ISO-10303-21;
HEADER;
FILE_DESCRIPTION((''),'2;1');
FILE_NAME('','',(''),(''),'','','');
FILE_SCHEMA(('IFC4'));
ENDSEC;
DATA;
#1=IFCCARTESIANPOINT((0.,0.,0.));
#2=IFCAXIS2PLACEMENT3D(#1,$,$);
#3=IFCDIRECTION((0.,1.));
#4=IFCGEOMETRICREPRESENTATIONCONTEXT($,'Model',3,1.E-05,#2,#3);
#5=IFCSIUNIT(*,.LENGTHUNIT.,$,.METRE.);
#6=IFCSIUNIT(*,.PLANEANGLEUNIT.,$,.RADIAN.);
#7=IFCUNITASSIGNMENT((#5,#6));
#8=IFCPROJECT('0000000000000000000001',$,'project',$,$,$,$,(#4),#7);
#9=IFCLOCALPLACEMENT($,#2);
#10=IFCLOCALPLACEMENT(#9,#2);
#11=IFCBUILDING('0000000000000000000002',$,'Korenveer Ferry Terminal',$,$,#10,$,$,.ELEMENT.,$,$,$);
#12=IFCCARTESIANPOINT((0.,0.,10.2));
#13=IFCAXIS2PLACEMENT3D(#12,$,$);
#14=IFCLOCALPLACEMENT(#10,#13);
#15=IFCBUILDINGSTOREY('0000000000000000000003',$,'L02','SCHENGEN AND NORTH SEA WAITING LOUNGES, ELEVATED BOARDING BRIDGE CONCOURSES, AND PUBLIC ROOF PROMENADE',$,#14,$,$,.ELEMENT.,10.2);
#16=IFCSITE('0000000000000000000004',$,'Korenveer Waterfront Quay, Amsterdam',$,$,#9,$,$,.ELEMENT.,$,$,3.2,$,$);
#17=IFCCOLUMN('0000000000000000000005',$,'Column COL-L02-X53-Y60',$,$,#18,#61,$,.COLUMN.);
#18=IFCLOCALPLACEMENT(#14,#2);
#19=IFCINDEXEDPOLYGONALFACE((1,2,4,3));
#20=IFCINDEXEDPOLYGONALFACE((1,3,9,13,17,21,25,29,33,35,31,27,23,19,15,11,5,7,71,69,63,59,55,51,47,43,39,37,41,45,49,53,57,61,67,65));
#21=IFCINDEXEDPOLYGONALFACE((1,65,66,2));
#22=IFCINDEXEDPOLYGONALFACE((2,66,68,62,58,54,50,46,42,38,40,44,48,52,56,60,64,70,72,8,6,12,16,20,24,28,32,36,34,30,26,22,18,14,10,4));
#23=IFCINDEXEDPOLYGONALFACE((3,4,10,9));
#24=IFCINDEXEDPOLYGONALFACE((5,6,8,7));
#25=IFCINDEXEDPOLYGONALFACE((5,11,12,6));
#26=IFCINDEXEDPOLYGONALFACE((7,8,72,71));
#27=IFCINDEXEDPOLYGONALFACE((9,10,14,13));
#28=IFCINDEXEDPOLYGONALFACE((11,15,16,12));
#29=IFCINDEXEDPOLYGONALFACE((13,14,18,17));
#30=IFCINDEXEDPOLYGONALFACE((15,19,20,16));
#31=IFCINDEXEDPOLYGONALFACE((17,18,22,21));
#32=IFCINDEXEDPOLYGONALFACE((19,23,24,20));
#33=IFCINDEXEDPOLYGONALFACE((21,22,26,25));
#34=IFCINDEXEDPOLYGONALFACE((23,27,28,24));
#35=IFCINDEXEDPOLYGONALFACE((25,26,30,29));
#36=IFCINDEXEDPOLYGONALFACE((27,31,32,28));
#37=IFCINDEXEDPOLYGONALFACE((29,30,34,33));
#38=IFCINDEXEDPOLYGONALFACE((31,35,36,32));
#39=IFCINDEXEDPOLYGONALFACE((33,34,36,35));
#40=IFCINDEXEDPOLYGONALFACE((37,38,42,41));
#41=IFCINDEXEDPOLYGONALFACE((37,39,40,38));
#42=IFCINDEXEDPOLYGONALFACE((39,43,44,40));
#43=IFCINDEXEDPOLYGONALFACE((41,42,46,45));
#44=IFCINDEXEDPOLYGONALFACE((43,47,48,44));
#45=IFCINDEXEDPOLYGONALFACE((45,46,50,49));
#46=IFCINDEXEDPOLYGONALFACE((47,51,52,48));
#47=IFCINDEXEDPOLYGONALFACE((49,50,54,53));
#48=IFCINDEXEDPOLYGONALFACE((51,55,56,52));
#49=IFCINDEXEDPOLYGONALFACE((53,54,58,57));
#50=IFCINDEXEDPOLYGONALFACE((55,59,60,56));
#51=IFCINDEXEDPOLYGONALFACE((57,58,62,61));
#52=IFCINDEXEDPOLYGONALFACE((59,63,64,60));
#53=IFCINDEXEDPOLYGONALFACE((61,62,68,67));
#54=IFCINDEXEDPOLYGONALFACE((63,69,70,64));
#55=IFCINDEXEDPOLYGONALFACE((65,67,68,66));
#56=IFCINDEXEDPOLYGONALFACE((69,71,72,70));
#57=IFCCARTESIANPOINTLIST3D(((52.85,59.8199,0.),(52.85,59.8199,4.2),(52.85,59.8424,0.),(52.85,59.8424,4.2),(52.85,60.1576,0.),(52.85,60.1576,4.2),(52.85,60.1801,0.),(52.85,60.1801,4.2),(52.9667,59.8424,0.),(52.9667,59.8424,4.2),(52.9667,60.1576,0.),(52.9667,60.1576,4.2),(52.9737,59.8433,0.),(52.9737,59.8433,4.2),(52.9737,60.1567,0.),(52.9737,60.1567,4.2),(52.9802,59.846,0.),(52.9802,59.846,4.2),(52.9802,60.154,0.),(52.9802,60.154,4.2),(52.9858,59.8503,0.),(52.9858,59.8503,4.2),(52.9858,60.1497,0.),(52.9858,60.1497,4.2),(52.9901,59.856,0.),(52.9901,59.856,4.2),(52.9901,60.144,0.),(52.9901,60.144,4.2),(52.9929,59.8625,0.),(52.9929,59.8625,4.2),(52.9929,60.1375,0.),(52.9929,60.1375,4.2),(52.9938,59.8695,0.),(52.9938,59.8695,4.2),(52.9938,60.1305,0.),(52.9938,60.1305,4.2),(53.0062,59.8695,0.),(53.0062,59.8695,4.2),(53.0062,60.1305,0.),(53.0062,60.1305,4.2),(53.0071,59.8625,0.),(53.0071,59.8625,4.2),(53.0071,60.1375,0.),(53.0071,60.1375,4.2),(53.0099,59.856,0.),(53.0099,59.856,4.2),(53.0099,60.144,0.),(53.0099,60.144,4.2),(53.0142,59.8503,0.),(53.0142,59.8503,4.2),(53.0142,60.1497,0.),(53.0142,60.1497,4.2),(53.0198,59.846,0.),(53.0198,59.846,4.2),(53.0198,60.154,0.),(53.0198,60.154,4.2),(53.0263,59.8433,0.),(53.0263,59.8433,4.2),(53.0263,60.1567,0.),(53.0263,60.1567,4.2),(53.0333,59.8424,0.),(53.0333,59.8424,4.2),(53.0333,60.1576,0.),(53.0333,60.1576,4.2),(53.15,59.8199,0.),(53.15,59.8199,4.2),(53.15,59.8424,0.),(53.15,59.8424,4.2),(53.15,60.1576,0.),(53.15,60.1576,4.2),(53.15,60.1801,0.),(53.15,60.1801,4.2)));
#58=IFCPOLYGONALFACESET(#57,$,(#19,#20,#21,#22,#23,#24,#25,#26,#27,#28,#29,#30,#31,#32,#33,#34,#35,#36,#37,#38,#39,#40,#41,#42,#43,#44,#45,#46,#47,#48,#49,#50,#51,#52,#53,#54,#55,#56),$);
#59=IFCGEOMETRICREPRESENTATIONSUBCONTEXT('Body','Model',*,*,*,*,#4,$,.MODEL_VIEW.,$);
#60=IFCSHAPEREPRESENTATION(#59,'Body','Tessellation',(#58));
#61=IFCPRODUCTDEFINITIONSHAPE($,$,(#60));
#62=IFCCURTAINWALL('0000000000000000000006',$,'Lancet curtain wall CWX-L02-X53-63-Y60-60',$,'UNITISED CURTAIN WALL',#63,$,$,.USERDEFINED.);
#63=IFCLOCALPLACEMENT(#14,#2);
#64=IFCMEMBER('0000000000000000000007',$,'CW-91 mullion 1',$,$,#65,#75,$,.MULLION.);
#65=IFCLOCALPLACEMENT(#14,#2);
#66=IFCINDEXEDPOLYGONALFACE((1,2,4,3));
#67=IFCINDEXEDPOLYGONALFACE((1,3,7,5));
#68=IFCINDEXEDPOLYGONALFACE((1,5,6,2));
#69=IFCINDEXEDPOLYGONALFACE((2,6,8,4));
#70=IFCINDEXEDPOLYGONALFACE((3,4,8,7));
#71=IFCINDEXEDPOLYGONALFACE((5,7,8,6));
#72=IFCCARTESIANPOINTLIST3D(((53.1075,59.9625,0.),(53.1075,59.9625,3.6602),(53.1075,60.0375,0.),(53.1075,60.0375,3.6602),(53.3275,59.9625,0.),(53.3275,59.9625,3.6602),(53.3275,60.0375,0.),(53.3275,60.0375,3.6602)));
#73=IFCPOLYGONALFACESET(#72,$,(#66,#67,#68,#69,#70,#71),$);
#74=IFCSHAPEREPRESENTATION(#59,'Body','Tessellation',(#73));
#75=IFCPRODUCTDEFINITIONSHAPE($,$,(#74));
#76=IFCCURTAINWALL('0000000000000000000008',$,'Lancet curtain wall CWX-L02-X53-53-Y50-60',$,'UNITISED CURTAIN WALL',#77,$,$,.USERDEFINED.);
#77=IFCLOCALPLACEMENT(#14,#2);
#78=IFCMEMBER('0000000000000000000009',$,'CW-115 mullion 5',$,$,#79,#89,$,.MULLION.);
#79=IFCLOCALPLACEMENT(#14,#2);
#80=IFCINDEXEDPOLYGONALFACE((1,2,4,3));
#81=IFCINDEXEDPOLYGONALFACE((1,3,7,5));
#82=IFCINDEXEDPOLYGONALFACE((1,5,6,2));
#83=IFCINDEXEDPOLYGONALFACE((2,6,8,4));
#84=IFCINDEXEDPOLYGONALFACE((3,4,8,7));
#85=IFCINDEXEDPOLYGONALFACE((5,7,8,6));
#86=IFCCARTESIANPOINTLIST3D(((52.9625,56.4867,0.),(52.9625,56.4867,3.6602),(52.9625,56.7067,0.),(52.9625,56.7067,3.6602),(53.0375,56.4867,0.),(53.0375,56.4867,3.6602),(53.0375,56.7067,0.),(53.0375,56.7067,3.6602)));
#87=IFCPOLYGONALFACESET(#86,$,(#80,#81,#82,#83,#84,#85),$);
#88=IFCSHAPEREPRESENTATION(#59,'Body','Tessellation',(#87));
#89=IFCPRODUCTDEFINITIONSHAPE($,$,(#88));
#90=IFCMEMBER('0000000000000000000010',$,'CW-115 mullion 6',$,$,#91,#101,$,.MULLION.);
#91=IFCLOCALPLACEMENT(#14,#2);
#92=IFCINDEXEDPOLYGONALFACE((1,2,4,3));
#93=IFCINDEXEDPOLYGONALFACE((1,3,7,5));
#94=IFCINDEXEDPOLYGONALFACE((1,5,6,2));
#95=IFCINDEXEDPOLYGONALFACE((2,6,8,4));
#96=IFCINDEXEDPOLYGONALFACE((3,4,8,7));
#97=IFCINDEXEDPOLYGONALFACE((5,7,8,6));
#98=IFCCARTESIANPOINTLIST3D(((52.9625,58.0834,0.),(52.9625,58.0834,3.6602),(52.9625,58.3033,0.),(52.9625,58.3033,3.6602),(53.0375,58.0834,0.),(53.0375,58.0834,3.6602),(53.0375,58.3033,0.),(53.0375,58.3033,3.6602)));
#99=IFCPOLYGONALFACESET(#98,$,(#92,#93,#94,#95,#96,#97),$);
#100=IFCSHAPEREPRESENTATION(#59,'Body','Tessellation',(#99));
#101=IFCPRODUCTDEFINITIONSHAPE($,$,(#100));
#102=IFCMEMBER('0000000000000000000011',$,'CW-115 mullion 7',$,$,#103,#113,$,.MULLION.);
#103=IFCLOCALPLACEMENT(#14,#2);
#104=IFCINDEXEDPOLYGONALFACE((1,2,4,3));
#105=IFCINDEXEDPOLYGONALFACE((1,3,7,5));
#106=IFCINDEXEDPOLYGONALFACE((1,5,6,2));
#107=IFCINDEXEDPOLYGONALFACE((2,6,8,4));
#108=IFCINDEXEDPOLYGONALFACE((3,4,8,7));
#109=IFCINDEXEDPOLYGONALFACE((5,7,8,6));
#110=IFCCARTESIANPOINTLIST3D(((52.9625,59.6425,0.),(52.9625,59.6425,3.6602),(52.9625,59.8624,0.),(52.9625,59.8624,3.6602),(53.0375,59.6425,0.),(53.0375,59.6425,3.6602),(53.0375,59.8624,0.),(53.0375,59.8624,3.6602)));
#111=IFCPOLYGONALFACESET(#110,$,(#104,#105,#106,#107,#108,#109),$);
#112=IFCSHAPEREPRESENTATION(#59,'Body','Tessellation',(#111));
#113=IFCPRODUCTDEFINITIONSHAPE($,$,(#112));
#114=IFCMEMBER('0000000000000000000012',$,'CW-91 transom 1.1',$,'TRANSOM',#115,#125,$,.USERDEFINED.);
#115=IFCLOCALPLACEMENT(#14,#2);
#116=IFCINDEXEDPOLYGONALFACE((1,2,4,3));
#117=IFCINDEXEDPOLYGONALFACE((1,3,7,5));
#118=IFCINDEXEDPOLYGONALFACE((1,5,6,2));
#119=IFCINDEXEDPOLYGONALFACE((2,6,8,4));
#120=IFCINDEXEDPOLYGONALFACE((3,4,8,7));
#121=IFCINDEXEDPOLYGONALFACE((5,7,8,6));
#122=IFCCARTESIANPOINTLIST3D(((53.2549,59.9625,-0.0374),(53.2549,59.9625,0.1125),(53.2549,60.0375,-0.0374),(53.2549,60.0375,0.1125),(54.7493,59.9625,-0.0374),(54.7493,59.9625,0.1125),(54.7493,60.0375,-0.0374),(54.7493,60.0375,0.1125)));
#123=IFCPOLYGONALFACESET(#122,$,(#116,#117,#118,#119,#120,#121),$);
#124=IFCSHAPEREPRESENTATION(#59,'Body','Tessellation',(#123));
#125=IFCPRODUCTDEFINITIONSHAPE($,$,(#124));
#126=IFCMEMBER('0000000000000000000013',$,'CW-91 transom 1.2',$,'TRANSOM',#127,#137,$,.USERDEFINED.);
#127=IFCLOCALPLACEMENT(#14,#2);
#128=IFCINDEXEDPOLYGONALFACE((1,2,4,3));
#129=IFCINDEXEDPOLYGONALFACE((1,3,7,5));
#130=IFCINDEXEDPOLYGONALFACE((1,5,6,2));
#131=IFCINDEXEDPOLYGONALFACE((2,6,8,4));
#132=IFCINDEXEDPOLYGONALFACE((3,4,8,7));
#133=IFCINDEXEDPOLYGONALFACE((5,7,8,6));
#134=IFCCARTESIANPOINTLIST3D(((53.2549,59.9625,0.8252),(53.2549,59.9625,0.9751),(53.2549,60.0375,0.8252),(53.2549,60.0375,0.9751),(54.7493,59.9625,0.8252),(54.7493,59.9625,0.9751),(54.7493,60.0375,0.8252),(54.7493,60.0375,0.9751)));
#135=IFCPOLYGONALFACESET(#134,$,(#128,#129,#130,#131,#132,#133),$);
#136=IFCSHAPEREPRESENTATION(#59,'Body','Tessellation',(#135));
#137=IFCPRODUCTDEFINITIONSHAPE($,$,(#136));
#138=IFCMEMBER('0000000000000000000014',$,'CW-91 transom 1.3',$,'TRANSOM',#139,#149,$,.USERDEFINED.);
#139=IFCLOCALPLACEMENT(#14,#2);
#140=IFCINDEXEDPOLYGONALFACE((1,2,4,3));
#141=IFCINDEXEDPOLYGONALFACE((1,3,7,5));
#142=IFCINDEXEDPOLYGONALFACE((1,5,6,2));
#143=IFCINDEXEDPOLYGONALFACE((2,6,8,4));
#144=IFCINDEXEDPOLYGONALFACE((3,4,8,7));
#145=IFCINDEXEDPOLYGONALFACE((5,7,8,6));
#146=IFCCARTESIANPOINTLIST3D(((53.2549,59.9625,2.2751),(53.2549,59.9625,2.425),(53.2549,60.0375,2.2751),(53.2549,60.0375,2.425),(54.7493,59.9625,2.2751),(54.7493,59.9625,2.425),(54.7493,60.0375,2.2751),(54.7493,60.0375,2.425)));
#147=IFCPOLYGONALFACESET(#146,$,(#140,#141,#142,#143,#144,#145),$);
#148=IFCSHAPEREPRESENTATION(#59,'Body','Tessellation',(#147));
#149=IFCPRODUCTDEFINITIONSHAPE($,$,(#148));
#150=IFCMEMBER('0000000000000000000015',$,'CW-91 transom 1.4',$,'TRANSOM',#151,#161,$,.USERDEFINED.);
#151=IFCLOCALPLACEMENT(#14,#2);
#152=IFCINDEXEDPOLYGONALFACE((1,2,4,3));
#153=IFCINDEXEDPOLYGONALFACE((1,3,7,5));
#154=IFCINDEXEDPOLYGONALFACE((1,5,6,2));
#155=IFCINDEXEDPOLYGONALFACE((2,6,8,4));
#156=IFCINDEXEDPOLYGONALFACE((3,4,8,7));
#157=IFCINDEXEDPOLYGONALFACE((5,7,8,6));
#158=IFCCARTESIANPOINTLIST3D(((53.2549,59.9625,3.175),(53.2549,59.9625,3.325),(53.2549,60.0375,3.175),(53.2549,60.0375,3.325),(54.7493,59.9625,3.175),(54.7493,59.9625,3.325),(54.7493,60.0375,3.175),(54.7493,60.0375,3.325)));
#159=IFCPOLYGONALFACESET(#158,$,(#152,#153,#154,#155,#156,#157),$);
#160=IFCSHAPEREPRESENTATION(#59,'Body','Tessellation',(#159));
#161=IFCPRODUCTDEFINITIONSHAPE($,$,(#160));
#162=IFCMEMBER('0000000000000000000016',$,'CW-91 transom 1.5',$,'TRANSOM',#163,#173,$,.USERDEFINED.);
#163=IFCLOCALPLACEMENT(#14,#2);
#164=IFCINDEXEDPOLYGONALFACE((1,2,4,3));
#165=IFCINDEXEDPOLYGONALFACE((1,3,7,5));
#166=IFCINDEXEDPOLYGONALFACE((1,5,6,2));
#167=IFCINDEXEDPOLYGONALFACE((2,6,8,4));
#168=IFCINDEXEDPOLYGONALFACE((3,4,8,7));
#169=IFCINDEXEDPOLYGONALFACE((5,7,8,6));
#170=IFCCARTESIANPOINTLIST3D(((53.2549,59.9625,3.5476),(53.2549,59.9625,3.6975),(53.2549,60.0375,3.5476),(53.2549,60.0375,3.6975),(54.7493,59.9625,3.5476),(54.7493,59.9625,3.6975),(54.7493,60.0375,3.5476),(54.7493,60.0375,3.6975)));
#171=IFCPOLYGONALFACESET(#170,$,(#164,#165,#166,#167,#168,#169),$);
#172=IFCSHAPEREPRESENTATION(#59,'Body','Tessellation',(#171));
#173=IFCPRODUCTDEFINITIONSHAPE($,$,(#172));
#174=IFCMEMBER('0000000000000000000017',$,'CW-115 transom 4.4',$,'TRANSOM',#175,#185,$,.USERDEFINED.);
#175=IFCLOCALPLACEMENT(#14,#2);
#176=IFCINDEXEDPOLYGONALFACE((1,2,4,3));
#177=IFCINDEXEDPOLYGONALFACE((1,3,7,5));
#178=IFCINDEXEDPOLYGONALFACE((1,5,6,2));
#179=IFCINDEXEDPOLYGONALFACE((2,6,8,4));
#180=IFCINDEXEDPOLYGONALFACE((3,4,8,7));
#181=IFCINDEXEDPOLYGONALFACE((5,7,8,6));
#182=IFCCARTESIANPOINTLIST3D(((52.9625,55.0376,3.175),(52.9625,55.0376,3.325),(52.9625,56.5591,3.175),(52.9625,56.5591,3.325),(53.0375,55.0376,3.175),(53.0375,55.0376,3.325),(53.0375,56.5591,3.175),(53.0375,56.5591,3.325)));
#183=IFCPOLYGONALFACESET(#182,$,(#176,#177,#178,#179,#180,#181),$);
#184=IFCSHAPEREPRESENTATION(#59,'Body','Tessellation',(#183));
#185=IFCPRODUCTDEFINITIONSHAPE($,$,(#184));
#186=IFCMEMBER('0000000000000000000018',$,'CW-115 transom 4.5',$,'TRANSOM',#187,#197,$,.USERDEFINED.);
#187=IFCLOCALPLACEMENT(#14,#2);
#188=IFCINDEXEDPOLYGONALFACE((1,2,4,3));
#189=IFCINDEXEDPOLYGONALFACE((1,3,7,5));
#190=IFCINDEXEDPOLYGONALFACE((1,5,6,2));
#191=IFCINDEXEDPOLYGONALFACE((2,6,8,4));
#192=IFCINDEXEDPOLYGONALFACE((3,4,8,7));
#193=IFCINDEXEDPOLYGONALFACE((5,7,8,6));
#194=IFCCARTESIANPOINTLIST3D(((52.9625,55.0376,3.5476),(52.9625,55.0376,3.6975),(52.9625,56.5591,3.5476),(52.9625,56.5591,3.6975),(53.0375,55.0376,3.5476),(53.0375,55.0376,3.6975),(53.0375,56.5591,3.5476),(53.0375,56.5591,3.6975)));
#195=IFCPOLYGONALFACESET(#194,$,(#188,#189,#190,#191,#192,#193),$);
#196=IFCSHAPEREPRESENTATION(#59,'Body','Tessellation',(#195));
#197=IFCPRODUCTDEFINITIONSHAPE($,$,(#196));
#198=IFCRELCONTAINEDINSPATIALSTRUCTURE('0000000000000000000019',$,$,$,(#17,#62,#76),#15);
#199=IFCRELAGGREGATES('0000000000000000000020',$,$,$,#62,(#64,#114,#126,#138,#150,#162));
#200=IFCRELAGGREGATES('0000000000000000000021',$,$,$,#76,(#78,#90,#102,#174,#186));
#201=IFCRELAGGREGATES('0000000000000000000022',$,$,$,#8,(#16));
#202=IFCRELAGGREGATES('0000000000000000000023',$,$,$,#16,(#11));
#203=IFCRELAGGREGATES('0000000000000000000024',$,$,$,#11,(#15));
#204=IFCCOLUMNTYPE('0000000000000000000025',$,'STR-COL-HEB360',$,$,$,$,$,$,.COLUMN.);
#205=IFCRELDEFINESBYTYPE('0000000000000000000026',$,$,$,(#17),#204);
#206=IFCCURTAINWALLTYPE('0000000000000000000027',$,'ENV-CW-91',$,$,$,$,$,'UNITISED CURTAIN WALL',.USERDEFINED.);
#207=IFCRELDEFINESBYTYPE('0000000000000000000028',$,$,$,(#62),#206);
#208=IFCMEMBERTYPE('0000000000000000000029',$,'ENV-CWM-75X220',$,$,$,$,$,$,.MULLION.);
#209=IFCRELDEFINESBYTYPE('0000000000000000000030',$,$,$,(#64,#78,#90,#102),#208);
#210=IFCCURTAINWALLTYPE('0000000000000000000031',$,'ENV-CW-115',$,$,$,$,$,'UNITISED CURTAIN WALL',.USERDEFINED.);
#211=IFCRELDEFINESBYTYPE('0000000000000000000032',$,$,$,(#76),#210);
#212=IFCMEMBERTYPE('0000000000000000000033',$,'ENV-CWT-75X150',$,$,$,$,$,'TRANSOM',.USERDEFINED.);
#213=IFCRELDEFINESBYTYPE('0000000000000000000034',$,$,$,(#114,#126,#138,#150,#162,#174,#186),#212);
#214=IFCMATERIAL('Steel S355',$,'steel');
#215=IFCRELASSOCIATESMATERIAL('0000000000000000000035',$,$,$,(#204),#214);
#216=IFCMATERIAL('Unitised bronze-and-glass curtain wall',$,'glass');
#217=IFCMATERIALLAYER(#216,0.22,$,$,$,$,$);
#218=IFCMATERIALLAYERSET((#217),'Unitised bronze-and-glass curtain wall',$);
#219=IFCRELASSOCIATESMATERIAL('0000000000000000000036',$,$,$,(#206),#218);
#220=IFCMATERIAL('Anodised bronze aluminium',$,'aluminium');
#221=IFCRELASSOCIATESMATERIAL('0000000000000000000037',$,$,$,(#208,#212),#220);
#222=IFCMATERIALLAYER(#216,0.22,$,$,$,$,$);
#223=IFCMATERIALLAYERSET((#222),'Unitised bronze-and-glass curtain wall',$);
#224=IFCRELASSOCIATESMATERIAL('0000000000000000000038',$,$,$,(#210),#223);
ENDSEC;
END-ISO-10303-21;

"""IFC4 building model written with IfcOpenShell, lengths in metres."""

from ifc_helpers import new_model, si_unit, direction, frame, origin, origin_2d, place, context, subcontext, project, spatial, rectangle, i_section, extrude, material, layer, layer_set, material_profile, profile_set, type_object, element, aggregate, save


model = new_model("IFC4")

# Units and contexts
model_context = context("Model", 3, precision=1e-05, world=origin(), true_north=direction((0.0, 1.0)))
body_context = subcontext(model_context, "Body", "Model", "MODEL_VIEW")
ifc_project = project(units=[si_unit("LENGTHUNIT", "METRE"), si_unit("PLANEANGLEUNIT", "RADIAN")], contexts=[model_context])

# Site, building, storey
site_placement = place(None, origin())
site = spatial("IfcSite", under=ifc_project, at=site_placement, Name="Korenveer Waterfront Quay, Amsterdam", CompositionType="ELEMENT", RefElevation=3.2)
building_placement = place(site_placement, origin())
building = spatial("IfcBuilding", under=site, at=building_placement, Name="Korenveer Ferry Terminal", CompositionType="ELEMENT")
storey_placement = place(building_placement, frame((0.0, 0.0, 10.2)))
storey = spatial("IfcBuildingStorey", under=building, at=storey_placement, Name="L02", Description="SCHENGEN AND NORTH SEA WAITING LOUNGES, ELEVATED BOARDING BRIDGE CONCOURSES, AND PUBLIC ROOF PROMENADE", CompositionType="ELEMENT", Elevation=10.2)

# Column
ifc_material_1 = material(Name="Steel S355", Category="steel")
ifc_material_profile_1 = material_profile(ifc_material_1, i_section(OverallWidth=0.3, OverallDepth=0.3601, WebThickness=0.0125, FlangeThickness=0.0225, FilletRadius=0.0271, at=origin_2d()), Name="HEB 360")
ifc_profile_set_1 = profile_set([ifc_material_profile_1], Name="Steel S355")
column_type = type_object("IfcColumnType", Name="STR-COL-HEB360", PredefinedType="COLUMN", material=ifc_profile_set_1)
column_placement = place(storey_placement, frame((53.0, 60.0, 0.0), z_axis=(0.0, 0.0, 1.0), x_axis=(1.0, 0.0, 0.0)))
element("IfcColumn", 1, at=column_placement, inside=storey, type_object=column_type, Name="Column COL-L02-X53-Y60", PredefinedType="COLUMN", context=body_context, shape_type="SweptSolid", body=[
    extrude(i_section(OverallWidth=0.3, OverallDepth=0.3601, WebThickness=0.0125, FlangeThickness=0.0225, FilletRadius=0.0271, at=origin_2d()), origin(), (0.0, 0.0, 1.0), 4.2),
])

# Curtain wall, member
ifc_material_2 = material(Name="Unitised bronze-and-glass curtain wall", Category="glass")
ifc_layer_1 = layer(ifc_material_2, 0.22)
ifc_layer_set_1 = layer_set([ifc_layer_1], Name="Unitised bronze-and-glass curtain wall")
curtain_wall_type_1 = type_object("IfcCurtainWallType", Name="ENV-CW-91", ElementType="UNITISED CURTAIN WALL", PredefinedType="USERDEFINED", material=ifc_layer_set_1)
curtain_wall_1_placement = place(storey_placement, frame((53.1799, 60.0, 0.0)))
curtain_wall_1 = element("IfcCurtainWall", 2, at=curtain_wall_1_placement, inside=storey, type_object=curtain_wall_type_1, Name="Lancet curtain wall CWX-L02-X53-63-Y60-60", ObjectType="UNITISED CURTAIN WALL", PredefinedType="USERDEFINED")
ifc_material_3 = material(Name="Anodised bronze aluminium", Category="aluminium")
ifc_material_profile_2 = material_profile(ifc_material_3, rectangle(XDim=0.075, YDim=0.22, at=origin_2d()), Name="ALU 75x220")
ifc_profile_set_2 = profile_set([ifc_material_profile_2], Name="Anodised bronze aluminium")
member_type_1 = type_object("IfcMemberType", Name="ENV-CWM-75X220", PredefinedType="MULLION", material=ifc_profile_set_2)
member_1_placement = place(storey_placement, frame((53.2175, 60.0, 0.0), z_axis=(0.0, 0.0, 1.0), x_axis=(0.0, 1.0, 0.0)))
member_1 = element("IfcMember", 3, at=member_1_placement, type_object=member_type_1, Name="CW-91 mullion 1", PredefinedType="MULLION", context=body_context, shape_type="SweptSolid", body=[
    extrude(rectangle(XDim=0.075, YDim=0.22, at=origin_2d()), origin(), (0.0, 0.0, 1.0), 3.6602),
])

# Curtain wall, members
ifc_layer_2 = layer(ifc_material_2, 0.22)
ifc_layer_set_2 = layer_set([ifc_layer_2], Name="Unitised bronze-and-glass curtain wall")
curtain_wall_type_2 = type_object("IfcCurtainWallType", Name="ENV-CW-115", ElementType="UNITISED CURTAIN WALL", PredefinedType="USERDEFINED", material=ifc_layer_set_2)
curtain_wall_2_placement = place(storey_placement, frame((53.0, 50.21, 0.0)))
curtain_wall_2 = element("IfcCurtainWall", 4, at=curtain_wall_2_placement, inside=storey, type_object=curtain_wall_type_2, Name="Lancet curtain wall CWX-L02-X53-53-Y50-60", ObjectType="UNITISED CURTAIN WALL", PredefinedType="USERDEFINED")
member_2_placement = place(storey_placement, frame((53.0, 56.5967, 0.0), z_axis=(0.0, 0.0, 1.0), x_axis=(-1.0, 0.0, 0.0)))
member_2 = element("IfcMember", 5, at=member_2_placement, type_object=member_type_1, Name="CW-115 mullion 5", PredefinedType="MULLION", context=body_context, shape_type="SweptSolid", body=[
    extrude(rectangle(XDim=0.075, YDim=0.22, at=origin_2d()), origin(), (0.0, 0.0, 1.0), 3.6602),
])
member_3_placement = place(storey_placement, frame((53.0, 58.1934, 0.0), z_axis=(0.0, 0.0, 1.0), x_axis=(-1.0, 0.0, 0.0)))
member_3 = element("IfcMember", 6, at=member_3_placement, type_object=member_type_1, Name="CW-115 mullion 6", PredefinedType="MULLION", context=body_context, shape_type="SweptSolid", body=[
    extrude(rectangle(XDim=0.075, YDim=0.22, at=origin_2d()), origin(), (0.0, 0.0, 1.0), 3.6602),
])
member_4_placement = place(storey_placement, frame((53.0, 59.7524, 0.0), z_axis=(0.0, 0.0, 1.0), x_axis=(-1.0, 0.0, 0.0)))
member_4 = element("IfcMember", 7, at=member_4_placement, type_object=member_type_1, Name="CW-115 mullion 7", PredefinedType="MULLION", context=body_context, shape_type="SweptSolid", body=[
    extrude(rectangle(XDim=0.075, YDim=0.22, at=origin_2d()), origin(), (0.0, 0.0, 1.0), 3.6602),
])

# Members
ifc_material_profile_3 = material_profile(ifc_material_3, rectangle(XDim=0.075, YDim=0.1499, at=origin_2d()), Name="ALU 75x150")
ifc_profile_set_3 = profile_set([ifc_material_profile_3], Name="Anodised bronze aluminium")
member_type_2 = type_object("IfcMemberType", Name="ENV-CWT-75X150", ElementType="TRANSOM", PredefinedType="USERDEFINED", material=ifc_profile_set_3)
member_5_placement = place(storey_placement, frame((53.2549, 60.0, 0.0376), z_axis=(1.0, 0.0, 0.0), x_axis=(0.0, 1.0, 0.0)))
member_5 = element("IfcMember", 8, at=member_5_placement, type_object=member_type_2, Name="CW-91 transom 1.1", ObjectType="TRANSOM", PredefinedType="USERDEFINED", context=body_context, shape_type="SweptSolid", body=[
    extrude(rectangle(XDim=0.075, YDim=0.1499, at=origin_2d()), origin(), (0.0, 0.0, 1.0), 1.4944),
])
member_6_placement = place(storey_placement, frame((53.2549, 60.0, 0.9001), z_axis=(1.0, 0.0, 0.0), x_axis=(0.0, 1.0, 0.0)))
member_6 = element("IfcMember", 9, at=member_6_placement, type_object=member_type_2, Name="CW-91 transom 1.2", ObjectType="TRANSOM", PredefinedType="USERDEFINED", context=body_context, shape_type="SweptSolid", body=[
    extrude(rectangle(XDim=0.075, YDim=0.1499, at=origin_2d()), origin(), (0.0, 0.0, 1.0), 1.4944),
])
member_7_placement = place(storey_placement, frame((53.2549, 60.0, 2.3501), z_axis=(1.0, 0.0, 0.0), x_axis=(0.0, 1.0, 0.0)))
member_7 = element("IfcMember", 10, at=member_7_placement, type_object=member_type_2, Name="CW-91 transom 1.3", ObjectType="TRANSOM", PredefinedType="USERDEFINED", context=body_context, shape_type="SweptSolid", body=[
    extrude(rectangle(XDim=0.075, YDim=0.1499, at=origin_2d()), origin(), (0.0, 0.0, 1.0), 1.4944),
])
member_8_placement = place(storey_placement, frame((53.2549, 60.0, 3.25), z_axis=(1.0, 0.0, 0.0), x_axis=(0.0, 1.0, 0.0)))
member_8 = element("IfcMember", 11, at=member_8_placement, type_object=member_type_2, Name="CW-91 transom 1.4", ObjectType="TRANSOM", PredefinedType="USERDEFINED", context=body_context, shape_type="SweptSolid", body=[
    extrude(rectangle(XDim=0.075, YDim=0.1499, at=origin_2d()), origin(), (0.0, 0.0, 1.0), 1.4944),
])
member_9_placement = place(storey_placement, frame((53.2549, 60.0, 3.6226), z_axis=(1.0, 0.0, 0.0), x_axis=(0.0, 1.0, 0.0)))
member_9 = element("IfcMember", 12, at=member_9_placement, type_object=member_type_2, Name="CW-91 transom 1.5", ObjectType="TRANSOM", PredefinedType="USERDEFINED", context=body_context, shape_type="SweptSolid", body=[
    extrude(rectangle(XDim=0.075, YDim=0.1499, at=origin_2d()), origin(), (0.0, 0.0, 1.0), 1.4944),
])
aggregate(curtain_wall_1, [member_1, member_5, member_6, member_7, member_8, member_9])
member_10_placement = place(storey_placement, frame((53.0, 55.0376, 3.25), z_axis=(0.0, 1.0, 0.0), x_axis=(-1.0, 0.0, 0.0)))
member_10 = element("IfcMember", 13, at=member_10_placement, type_object=member_type_2, Name="CW-115 transom 4.4", ObjectType="TRANSOM", PredefinedType="USERDEFINED", context=body_context, shape_type="SweptSolid", body=[
    extrude(rectangle(XDim=0.075, YDim=0.1499, at=origin_2d()), origin(), (0.0, 0.0, 1.0), 1.5215),
])
member_11_placement = place(storey_placement, frame((53.0, 55.0376, 3.6226), z_axis=(0.0, 1.0, 0.0), x_axis=(-1.0, 0.0, 0.0)))
member_11 = element("IfcMember", 14, at=member_11_placement, type_object=member_type_2, Name="CW-115 transom 4.5", ObjectType="TRANSOM", PredefinedType="USERDEFINED", context=body_context, shape_type="SweptSolid", body=[
    extrude(rectangle(XDim=0.075, YDim=0.1499, at=origin_2d()), origin(), (0.0, 0.0, 1.0), 1.5215),
])

aggregate(curtain_wall_2, [member_2, member_3, member_4, member_10, member_11])

save(model, "model.ifc")
